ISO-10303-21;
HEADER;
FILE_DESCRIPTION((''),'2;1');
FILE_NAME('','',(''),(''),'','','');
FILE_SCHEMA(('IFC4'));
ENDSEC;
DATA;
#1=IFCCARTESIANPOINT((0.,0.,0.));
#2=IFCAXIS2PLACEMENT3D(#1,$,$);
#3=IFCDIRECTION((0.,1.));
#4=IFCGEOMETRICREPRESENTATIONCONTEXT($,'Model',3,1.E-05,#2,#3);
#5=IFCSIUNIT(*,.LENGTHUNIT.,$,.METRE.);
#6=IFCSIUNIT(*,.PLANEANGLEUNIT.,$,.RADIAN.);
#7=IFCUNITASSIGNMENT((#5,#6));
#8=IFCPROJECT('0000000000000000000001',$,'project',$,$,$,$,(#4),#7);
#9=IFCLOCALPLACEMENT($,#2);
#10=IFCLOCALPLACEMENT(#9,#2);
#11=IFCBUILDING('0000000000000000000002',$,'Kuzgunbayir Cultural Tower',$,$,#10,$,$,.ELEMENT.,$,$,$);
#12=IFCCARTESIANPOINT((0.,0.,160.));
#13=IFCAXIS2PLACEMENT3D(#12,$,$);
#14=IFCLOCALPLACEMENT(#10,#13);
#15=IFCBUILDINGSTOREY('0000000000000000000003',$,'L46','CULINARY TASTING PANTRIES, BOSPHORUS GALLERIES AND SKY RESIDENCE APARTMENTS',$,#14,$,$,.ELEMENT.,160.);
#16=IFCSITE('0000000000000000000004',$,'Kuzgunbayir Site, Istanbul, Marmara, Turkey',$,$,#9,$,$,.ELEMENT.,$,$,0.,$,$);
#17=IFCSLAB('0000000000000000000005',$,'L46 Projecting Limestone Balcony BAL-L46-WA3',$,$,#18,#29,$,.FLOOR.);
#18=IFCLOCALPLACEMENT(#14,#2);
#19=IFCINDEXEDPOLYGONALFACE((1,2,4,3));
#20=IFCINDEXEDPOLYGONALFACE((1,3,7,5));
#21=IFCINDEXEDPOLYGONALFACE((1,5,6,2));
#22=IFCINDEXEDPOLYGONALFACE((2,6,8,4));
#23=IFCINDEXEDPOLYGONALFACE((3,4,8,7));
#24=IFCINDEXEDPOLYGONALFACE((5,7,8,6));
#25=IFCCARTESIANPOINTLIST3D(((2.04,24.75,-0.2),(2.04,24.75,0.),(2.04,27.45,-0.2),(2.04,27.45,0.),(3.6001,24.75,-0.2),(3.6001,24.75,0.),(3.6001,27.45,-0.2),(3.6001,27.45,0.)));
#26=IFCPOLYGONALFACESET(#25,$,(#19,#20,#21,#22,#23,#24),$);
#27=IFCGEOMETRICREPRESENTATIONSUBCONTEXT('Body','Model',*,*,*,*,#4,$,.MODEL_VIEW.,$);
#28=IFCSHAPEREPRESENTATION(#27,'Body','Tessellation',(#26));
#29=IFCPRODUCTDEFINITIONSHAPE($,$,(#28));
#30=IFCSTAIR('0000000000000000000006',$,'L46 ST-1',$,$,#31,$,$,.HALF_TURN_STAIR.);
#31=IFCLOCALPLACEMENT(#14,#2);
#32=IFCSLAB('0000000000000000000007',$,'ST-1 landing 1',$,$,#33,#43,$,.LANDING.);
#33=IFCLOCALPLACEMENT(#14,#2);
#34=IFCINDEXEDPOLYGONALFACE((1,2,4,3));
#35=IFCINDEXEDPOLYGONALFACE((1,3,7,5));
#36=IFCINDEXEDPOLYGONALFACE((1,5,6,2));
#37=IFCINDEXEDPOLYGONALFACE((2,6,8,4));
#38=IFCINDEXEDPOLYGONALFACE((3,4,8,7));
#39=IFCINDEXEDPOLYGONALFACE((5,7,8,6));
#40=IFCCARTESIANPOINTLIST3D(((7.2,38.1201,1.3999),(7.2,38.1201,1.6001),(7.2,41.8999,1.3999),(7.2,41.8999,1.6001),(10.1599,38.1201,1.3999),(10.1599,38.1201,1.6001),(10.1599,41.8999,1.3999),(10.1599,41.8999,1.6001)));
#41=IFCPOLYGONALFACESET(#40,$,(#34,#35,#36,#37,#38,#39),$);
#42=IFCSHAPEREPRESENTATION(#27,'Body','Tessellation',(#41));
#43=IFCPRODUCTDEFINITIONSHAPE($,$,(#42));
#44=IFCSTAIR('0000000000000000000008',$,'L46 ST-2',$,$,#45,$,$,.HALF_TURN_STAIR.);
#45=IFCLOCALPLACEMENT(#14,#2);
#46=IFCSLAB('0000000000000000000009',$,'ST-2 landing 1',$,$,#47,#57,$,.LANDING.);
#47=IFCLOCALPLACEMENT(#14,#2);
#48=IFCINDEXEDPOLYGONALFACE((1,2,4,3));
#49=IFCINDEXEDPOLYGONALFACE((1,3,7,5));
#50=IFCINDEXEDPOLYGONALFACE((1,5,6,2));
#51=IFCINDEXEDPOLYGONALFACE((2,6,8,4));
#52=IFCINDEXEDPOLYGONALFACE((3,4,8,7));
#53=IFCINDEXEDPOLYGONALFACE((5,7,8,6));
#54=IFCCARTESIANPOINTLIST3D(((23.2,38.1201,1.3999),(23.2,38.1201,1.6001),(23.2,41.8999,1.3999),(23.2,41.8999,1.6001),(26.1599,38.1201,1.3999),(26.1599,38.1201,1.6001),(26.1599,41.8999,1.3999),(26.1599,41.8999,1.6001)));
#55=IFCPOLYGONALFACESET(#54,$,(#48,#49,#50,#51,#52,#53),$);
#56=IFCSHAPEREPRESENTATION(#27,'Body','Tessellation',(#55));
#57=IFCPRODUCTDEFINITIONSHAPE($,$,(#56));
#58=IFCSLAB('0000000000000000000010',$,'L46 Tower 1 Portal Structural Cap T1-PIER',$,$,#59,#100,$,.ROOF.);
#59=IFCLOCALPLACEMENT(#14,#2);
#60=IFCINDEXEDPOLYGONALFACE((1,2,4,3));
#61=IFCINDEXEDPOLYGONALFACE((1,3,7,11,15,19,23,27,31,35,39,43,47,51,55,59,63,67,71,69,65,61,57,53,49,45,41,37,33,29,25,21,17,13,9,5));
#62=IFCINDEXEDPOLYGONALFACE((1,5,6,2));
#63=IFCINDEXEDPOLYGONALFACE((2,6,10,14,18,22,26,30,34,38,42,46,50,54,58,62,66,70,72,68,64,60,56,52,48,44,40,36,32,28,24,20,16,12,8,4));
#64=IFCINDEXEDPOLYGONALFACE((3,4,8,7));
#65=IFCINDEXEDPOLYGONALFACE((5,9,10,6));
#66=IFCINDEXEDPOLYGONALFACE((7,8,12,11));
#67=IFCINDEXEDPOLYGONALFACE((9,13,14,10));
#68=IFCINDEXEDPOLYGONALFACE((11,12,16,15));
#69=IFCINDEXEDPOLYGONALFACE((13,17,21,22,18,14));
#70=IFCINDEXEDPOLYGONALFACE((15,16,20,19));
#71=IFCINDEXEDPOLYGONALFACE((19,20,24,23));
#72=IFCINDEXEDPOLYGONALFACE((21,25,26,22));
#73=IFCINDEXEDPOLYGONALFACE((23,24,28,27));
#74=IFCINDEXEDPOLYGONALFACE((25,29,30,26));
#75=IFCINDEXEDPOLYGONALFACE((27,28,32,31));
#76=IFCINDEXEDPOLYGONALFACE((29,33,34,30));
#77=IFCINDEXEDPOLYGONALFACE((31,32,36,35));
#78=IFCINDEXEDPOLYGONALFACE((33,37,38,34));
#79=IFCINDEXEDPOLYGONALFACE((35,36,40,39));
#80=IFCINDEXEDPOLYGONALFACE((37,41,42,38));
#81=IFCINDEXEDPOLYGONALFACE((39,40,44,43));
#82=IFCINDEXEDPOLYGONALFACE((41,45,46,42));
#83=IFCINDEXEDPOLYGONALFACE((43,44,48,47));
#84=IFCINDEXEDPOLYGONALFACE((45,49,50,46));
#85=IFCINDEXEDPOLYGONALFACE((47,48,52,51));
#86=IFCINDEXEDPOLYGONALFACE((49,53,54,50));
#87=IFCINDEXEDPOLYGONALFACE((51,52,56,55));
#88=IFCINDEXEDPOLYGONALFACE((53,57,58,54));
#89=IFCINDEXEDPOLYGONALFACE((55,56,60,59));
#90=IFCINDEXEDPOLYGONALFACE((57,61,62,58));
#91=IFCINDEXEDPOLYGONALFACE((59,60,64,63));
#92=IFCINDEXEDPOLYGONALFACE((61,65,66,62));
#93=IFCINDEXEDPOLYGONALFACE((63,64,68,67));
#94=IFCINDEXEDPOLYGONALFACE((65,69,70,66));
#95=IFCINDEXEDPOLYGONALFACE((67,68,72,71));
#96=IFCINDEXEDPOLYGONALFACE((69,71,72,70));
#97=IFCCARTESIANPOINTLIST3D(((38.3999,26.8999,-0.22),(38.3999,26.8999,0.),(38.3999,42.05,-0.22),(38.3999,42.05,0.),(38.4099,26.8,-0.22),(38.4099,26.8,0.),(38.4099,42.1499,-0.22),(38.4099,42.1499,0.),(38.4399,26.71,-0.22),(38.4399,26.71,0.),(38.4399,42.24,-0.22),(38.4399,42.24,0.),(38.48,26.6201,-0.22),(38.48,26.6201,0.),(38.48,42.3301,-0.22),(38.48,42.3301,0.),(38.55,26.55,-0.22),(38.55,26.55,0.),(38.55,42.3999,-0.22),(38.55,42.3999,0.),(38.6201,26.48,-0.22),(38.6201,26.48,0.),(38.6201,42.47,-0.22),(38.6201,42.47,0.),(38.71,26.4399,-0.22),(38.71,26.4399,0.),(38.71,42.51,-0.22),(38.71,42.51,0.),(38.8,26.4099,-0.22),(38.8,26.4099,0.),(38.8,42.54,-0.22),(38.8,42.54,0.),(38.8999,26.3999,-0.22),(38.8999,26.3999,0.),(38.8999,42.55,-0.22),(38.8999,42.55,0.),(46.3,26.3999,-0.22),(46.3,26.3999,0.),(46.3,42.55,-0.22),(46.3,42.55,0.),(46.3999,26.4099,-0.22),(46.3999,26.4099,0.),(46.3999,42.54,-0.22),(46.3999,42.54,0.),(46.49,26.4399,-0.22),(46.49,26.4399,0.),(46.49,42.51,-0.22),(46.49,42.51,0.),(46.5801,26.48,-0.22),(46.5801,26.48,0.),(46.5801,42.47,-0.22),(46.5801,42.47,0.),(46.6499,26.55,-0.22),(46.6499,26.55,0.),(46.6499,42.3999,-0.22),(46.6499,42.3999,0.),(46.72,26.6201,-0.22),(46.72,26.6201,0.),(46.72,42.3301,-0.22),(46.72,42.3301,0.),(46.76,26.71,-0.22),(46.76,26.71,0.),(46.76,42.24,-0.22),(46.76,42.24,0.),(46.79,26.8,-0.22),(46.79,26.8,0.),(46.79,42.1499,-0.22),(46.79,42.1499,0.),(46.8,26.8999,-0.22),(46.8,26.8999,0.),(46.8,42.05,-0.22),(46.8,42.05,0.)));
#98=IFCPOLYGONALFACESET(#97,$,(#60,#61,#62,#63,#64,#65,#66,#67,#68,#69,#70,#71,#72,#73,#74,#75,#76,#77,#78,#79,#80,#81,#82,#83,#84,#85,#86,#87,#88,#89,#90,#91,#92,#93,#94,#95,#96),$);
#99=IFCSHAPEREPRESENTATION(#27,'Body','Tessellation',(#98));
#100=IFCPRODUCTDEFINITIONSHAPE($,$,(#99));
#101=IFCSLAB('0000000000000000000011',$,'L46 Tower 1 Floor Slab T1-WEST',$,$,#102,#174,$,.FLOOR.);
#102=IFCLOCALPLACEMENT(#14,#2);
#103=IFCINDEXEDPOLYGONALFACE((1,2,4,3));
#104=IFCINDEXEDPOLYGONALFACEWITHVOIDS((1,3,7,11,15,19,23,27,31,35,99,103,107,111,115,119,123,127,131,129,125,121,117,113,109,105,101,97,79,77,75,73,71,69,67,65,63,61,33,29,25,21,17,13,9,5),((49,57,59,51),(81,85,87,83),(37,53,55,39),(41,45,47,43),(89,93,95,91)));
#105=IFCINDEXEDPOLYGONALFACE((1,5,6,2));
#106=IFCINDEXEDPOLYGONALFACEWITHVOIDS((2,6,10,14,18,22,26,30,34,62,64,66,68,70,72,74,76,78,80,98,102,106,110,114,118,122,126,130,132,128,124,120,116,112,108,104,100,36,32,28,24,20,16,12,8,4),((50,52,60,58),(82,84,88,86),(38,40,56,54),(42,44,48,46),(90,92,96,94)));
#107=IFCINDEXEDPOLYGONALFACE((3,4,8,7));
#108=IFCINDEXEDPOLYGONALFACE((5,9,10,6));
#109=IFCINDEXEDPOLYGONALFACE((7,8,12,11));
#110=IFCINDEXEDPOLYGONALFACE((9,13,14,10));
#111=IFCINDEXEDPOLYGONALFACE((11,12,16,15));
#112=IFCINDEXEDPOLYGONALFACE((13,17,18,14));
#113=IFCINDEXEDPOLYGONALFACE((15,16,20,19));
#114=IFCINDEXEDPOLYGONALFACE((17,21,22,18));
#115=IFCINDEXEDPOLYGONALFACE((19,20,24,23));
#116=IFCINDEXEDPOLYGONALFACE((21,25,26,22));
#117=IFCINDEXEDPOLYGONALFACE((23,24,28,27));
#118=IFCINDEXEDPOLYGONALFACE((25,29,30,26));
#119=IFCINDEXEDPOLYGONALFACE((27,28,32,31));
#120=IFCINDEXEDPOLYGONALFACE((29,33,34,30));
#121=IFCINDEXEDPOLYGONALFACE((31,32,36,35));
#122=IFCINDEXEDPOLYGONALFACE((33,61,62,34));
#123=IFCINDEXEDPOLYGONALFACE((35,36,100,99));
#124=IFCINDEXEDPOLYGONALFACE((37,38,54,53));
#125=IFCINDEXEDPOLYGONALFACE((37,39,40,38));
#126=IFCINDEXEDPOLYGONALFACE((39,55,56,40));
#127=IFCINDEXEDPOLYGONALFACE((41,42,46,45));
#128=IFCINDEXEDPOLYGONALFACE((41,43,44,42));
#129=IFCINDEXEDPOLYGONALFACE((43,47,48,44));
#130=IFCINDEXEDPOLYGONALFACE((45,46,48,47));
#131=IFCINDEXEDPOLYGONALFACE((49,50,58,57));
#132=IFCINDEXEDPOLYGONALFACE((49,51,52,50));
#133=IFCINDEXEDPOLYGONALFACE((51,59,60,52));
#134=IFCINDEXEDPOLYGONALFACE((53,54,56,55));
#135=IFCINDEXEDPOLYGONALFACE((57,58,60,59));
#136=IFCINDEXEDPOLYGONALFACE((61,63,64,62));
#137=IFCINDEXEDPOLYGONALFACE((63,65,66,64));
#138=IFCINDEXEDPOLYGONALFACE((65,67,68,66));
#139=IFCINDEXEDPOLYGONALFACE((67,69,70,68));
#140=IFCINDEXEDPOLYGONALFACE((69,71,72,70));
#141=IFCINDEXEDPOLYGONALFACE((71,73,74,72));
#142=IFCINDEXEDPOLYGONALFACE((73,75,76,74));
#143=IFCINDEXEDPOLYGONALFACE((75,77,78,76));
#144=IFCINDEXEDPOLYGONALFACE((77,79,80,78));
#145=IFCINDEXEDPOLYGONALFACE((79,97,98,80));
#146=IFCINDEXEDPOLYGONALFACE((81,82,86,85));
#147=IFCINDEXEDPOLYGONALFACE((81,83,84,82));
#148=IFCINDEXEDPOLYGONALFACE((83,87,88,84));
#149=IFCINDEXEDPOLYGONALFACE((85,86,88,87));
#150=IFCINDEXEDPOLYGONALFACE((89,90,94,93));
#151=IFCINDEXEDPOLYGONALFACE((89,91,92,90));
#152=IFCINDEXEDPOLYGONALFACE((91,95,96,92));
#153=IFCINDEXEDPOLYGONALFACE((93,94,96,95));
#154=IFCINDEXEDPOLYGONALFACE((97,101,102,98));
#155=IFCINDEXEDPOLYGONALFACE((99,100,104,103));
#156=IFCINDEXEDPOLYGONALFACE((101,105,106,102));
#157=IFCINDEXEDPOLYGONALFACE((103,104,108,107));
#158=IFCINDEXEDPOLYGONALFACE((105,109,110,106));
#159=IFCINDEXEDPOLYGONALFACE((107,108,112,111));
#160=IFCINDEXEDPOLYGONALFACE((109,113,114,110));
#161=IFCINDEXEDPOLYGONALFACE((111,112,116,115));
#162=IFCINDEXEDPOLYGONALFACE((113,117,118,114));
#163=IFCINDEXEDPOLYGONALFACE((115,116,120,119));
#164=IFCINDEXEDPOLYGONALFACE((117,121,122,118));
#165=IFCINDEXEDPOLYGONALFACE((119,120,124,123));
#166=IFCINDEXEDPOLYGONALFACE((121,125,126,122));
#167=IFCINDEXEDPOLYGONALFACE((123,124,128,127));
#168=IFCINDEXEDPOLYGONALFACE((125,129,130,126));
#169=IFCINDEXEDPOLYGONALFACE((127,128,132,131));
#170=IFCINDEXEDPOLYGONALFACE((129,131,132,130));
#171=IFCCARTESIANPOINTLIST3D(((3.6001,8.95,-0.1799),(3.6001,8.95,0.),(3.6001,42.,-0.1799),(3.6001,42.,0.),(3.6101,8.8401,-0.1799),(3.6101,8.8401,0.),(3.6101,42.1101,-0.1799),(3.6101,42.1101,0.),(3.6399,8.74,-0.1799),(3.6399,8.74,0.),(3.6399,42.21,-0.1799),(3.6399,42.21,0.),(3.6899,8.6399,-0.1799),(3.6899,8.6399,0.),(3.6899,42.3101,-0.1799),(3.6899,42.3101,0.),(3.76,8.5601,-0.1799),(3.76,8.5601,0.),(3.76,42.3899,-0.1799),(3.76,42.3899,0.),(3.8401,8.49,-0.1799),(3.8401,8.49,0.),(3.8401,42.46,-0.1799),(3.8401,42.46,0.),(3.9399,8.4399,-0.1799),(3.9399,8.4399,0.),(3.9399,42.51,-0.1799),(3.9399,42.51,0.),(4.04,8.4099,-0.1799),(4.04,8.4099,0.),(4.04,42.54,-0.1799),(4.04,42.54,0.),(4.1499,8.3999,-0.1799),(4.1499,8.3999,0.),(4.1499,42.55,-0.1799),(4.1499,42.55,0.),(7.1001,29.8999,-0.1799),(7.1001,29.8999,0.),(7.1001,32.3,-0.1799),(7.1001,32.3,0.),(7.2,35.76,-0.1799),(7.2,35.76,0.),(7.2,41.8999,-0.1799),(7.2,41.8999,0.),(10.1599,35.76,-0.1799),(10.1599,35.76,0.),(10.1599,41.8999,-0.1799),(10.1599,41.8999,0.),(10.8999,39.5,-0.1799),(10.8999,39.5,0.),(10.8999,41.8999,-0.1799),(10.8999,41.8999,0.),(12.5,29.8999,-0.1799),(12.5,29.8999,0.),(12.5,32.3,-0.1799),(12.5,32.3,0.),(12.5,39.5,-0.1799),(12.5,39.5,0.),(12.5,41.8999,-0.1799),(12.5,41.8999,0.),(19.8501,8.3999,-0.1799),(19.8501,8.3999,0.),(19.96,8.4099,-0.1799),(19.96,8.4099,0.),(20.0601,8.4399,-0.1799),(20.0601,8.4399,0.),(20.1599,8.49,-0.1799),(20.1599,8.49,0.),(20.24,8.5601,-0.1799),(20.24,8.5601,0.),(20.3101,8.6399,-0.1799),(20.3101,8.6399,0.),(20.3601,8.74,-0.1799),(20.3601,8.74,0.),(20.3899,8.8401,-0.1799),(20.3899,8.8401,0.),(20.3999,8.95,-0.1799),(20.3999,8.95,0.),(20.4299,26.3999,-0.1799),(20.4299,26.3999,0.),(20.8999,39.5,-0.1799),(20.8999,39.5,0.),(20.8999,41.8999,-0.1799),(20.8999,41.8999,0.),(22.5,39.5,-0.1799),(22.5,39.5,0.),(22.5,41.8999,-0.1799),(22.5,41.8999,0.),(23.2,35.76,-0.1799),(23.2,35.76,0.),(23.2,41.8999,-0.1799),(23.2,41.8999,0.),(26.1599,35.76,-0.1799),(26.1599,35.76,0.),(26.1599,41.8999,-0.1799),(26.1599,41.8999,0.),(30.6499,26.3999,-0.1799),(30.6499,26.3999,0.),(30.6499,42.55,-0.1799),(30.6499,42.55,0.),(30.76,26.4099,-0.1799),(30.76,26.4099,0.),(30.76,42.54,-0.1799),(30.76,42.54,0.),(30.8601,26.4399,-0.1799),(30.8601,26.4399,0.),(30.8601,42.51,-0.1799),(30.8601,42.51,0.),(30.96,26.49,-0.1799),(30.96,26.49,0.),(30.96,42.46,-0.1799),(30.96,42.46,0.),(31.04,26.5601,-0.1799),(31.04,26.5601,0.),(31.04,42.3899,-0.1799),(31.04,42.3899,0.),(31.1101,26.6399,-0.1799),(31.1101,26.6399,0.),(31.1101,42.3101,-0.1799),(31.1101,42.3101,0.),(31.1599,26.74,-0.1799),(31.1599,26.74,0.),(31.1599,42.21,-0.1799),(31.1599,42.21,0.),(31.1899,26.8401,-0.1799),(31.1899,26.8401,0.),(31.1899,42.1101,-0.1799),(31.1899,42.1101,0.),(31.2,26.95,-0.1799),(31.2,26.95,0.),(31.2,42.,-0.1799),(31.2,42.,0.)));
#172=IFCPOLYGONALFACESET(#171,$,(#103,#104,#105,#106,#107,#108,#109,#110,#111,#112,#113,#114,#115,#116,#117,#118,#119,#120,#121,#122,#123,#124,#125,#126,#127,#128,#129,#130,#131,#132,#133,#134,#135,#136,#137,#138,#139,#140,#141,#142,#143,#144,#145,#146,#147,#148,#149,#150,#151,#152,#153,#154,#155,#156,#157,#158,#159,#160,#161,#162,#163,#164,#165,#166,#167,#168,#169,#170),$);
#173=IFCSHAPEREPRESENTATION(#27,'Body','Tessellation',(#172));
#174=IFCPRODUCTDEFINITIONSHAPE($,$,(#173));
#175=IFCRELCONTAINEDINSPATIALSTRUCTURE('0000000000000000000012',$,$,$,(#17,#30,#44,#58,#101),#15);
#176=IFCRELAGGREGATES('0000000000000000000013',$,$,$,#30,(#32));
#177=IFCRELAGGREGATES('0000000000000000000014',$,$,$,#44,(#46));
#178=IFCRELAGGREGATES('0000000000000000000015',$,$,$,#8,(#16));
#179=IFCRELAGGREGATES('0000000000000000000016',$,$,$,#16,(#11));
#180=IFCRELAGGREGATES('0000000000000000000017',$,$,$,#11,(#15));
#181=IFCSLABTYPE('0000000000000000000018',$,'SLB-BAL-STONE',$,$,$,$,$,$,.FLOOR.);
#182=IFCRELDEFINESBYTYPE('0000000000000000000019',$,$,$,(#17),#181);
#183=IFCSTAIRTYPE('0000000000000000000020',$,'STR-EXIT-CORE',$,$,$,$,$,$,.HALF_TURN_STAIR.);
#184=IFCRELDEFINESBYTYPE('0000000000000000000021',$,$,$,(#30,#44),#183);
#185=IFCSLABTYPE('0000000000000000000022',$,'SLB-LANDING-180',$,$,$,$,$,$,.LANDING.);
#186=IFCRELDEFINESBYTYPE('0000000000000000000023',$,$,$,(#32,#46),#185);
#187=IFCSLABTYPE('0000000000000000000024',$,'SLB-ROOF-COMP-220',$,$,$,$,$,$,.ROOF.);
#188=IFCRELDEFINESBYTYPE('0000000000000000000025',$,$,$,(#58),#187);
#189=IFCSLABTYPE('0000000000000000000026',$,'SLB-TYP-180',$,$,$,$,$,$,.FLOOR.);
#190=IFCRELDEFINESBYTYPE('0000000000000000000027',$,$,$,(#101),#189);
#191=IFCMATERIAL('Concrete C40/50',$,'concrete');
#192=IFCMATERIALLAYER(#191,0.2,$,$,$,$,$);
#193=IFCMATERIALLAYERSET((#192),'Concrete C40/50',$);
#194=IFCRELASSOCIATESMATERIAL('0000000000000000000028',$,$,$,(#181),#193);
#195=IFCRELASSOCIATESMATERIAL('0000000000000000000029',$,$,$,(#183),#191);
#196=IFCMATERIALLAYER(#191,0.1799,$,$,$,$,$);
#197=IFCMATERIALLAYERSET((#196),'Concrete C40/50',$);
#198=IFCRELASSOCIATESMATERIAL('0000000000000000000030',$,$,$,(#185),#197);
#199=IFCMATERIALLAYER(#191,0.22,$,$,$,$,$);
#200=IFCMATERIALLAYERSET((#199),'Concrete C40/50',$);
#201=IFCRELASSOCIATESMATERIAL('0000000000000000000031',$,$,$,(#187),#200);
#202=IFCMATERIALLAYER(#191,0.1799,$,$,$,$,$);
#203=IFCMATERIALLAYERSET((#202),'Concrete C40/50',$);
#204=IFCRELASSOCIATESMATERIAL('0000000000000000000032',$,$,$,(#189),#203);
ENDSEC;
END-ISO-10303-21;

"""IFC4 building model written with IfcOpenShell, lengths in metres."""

from ifc_helpers import new_model, si_unit, direction, frame, origin, place, context, subcontext, project, spatial, polyline, outline, extrude, material, layer, layer_set, type_object, element, aggregate, save


model = new_model("IFC4")

# Units and contexts
model_context = context("Model", 3, precision=1e-05, world=origin(), true_north=direction((0.0, 1.0)))
body_context = subcontext(model_context, "Body", "Model", "MODEL_VIEW")
ifc_project = project(units=[si_unit("LENGTHUNIT", "METRE"), si_unit("PLANEANGLEUNIT", "RADIAN")], contexts=[model_context])

# Site, building, storey
site_placement = place(None, origin())
site = spatial("IfcSite", under=ifc_project, at=site_placement, Name="Kuzgunbayir Site, Istanbul, Marmara, Turkey", CompositionType="ELEMENT", RefElevation=0.0)
building_placement = place(site_placement, origin())
building = spatial("IfcBuilding", under=site, at=building_placement, Name="Kuzgunbayir Cultural Tower", CompositionType="ELEMENT")
storey_placement = place(building_placement, frame((0.0, 0.0, 160.0)))
storey = spatial("IfcBuildingStorey", under=building, at=storey_placement, Name="L46", Description="CULINARY TASTING PANTRIES, BOSPHORUS GALLERIES AND SKY RESIDENCE APARTMENTS", CompositionType="ELEMENT", Elevation=160.0)

# Slab
ifc_material_1 = material(Name="Concrete C40/50", Category="concrete")
ifc_layer_1 = layer(ifc_material_1, 0.2)
ifc_layer_set_1 = layer_set([ifc_layer_1], Name="Concrete C40/50")
slab_type_1 = type_object("IfcSlabType", Name="SLB-BAL-STONE", PredefinedType="FLOOR", material=ifc_layer_set_1)
slab_1_placement = place(storey_placement, frame((0.0, 0.0, -0.2)))
element("IfcSlab", 1, at=slab_1_placement, inside=storey, type_object=slab_type_1, Name="L46 Projecting Limestone Balcony BAL-L46-WA3", PredefinedType="FLOOR", context=body_context, shape_type="SweptSolid", body=[
    extrude(outline(polyline([(2.04, 24.75), (3.6001, 24.75), (3.6001, 27.45), (2.04, 27.45), (2.04, 24.75)])), origin(), (0.0, 0.0, 1.0), 0.2),
])

# Stairs, slabs
stair_type = type_object("IfcStairType", Name="STR-EXIT-CORE", PredefinedType="HALF_TURN_STAIR", material=ifc_material_1)
stair_1_placement = place(storey_placement, origin())
stair_1 = element("IfcStair", 2, at=stair_1_placement, inside=storey, type_object=stair_type, Name="L46 ST-1", PredefinedType="HALF_TURN_STAIR")
ifc_layer_2 = layer(ifc_material_1, 0.1799)
ifc_layer_set_2 = layer_set([ifc_layer_2], Name="Concrete C40/50")
slab_type_2 = type_object("IfcSlabType", Name="SLB-LANDING-180", PredefinedType="LANDING", material=ifc_layer_set_2)
slab_2_placement = place(storey_placement, frame((0.0, 0.0, 1.3999)))
slab_2 = element("IfcSlab", 3, at=slab_2_placement, type_object=slab_type_2, Name="ST-1 landing 1", PredefinedType="LANDING", context=body_context, shape_type="SweptSolid", body=[
    extrude(outline(polyline([(10.1599, 38.1201), (10.1599, 41.8999), (7.2, 41.8999), (7.2, 38.1201), (10.1599, 38.1201)])), origin(), (0.0, 0.0, 1.0), 0.2002),
])
aggregate(stair_1, [slab_2])
stair_2_placement = place(storey_placement, origin())
stair_2 = element("IfcStair", 4, at=stair_2_placement, inside=storey, type_object=stair_type, Name="L46 ST-2", PredefinedType="HALF_TURN_STAIR")
slab_3_placement = place(storey_placement, frame((0.0, 0.0, 1.3999)))
slab_3 = element("IfcSlab", 5, at=slab_3_placement, type_object=slab_type_2, Name="ST-2 landing 1", PredefinedType="LANDING", context=body_context, shape_type="SweptSolid", body=[
    extrude(outline(polyline([(26.1599, 38.1201), (26.1599, 41.8999), (23.2, 41.8999), (23.2, 38.1201), (26.1599, 38.1201)])), origin(), (0.0, 0.0, 1.0), 0.2002),
])
aggregate(stair_2, [slab_3])

# Slabs
ifc_layer_3 = layer(ifc_material_1, 0.22)
ifc_layer_set_3 = layer_set([ifc_layer_3], Name="Concrete C40/50")
slab_type_3 = type_object("IfcSlabType", Name="SLB-ROOF-COMP-220", PredefinedType="ROOF", material=ifc_layer_set_3)
slab_4_placement = place(storey_placement, frame((0.0, 0.0, -0.22)))
element("IfcSlab", 6, at=slab_4_placement, inside=storey, type_object=slab_type_3, Name="L46 Tower 1 Portal Structural Cap T1-PIER", PredefinedType="ROOF", context=body_context, shape_type="SweptSolid", body=[
    extrude(outline(polyline([(46.3, 26.3999), (46.3999, 26.4099), (46.49, 26.4399), (46.5801, 26.48), (46.6499, 26.55), (46.72, 26.6201), (46.76, 26.71), (46.79, 26.8), (46.8, 26.8999), (46.8, 42.05), (46.79, 42.1499), (46.76, 42.24), (46.72, 42.3301), (46.6499, 42.3999), (46.5801, 42.47), (46.49, 42.51), (46.3999, 42.54), (46.3, 42.55), (38.8999, 42.55), (38.8, 42.54), (38.71, 42.51), (38.6201, 42.47), (38.55, 42.3999), (38.48, 42.3301), (38.4399, 42.24), (38.4099, 42.1499), (38.3999, 42.05), (38.3999, 26.8999), (38.4099, 26.8), (38.4399, 26.71), (38.48, 26.6201), (38.55, 26.55), (38.6201, 26.48), (38.71, 26.4399), (38.8, 26.4099), (38.8999, 26.3999), (46.3, 26.3999)])), origin(), (0.0, 0.0, 1.0), 0.22),
])
ifc_layer_4 = layer(ifc_material_1, 0.1799)
ifc_layer_set_4 = layer_set([ifc_layer_4], Name="Concrete C40/50")
slab_type_4 = type_object("IfcSlabType", Name="SLB-TYP-180", PredefinedType="FLOOR", material=ifc_layer_set_4)
slab_5_placement = place(storey_placement, frame((0.0, 0.0, -0.1799)))
element("IfcSlab", 7, at=slab_5_placement, inside=storey, type_object=slab_type_4, Name="L46 Tower 1 Floor Slab T1-WEST", PredefinedType="FLOOR", context=body_context, shape_type="SweptSolid", body=[
    extrude(outline(polyline([(20.3999, 8.95), (20.3899, 8.8401), (20.3601, 8.74), (20.3101, 8.6399), (20.24, 8.5601), (20.1599, 8.49), (20.0601, 8.4399), (19.96, 8.4099), (19.8501, 8.3999), (4.1499, 8.3999), (4.04, 8.4099), (3.9399, 8.4399), (3.8401, 8.49), (3.76, 8.5601), (3.6899, 8.6399), (3.6399, 8.74), (3.6101, 8.8401), (3.6001, 8.95), (3.6001, 42.0), (3.6101, 42.1101), (3.6399, 42.21), (3.6899, 42.3101), (3.76, 42.3899), (3.8401, 42.46), (3.9399, 42.51), (4.04, 42.54), (4.1499, 42.55), (30.6499, 42.55), (30.76, 42.54), (30.8601, 42.51), (30.96, 42.46), (31.04, 42.3899), (31.1101, 42.3101), (31.1599, 42.21), (31.1899, 42.1101), (31.2, 42.0), (31.2, 26.95), (31.1899, 26.8401), (31.1599, 26.74), (31.1101, 26.6399), (31.04, 26.5601), (30.96, 26.49), (30.8601, 26.4399), (30.76, 26.4099), (30.6499, 26.3999), (20.4299, 26.3999), (20.3999, 8.95)]), holes=[polyline([(7.2, 35.76), (7.2, 41.8999), (10.1599, 41.8999), (10.1599, 35.76), (7.2, 35.76)]), polyline([(23.2, 35.76), (23.2, 41.8999), (26.1599, 41.8999), (26.1599, 35.76), (23.2, 35.76)]), polyline([(7.1001, 29.8999), (7.1001, 32.3), (12.5, 32.3), (12.5, 29.8999), (7.1001, 29.8999)]), polyline([(10.8999, 39.5), (10.8999, 41.8999), (12.5, 41.8999), (12.5, 39.5), (10.8999, 39.5)]), polyline([(20.8999, 39.5), (20.8999, 41.8999), (22.5, 41.8999), (22.5, 39.5), (20.8999, 39.5)])]), origin(), (0.0, 0.0, 1.0), 0.1799),
])

save(model, "model.ifc")
